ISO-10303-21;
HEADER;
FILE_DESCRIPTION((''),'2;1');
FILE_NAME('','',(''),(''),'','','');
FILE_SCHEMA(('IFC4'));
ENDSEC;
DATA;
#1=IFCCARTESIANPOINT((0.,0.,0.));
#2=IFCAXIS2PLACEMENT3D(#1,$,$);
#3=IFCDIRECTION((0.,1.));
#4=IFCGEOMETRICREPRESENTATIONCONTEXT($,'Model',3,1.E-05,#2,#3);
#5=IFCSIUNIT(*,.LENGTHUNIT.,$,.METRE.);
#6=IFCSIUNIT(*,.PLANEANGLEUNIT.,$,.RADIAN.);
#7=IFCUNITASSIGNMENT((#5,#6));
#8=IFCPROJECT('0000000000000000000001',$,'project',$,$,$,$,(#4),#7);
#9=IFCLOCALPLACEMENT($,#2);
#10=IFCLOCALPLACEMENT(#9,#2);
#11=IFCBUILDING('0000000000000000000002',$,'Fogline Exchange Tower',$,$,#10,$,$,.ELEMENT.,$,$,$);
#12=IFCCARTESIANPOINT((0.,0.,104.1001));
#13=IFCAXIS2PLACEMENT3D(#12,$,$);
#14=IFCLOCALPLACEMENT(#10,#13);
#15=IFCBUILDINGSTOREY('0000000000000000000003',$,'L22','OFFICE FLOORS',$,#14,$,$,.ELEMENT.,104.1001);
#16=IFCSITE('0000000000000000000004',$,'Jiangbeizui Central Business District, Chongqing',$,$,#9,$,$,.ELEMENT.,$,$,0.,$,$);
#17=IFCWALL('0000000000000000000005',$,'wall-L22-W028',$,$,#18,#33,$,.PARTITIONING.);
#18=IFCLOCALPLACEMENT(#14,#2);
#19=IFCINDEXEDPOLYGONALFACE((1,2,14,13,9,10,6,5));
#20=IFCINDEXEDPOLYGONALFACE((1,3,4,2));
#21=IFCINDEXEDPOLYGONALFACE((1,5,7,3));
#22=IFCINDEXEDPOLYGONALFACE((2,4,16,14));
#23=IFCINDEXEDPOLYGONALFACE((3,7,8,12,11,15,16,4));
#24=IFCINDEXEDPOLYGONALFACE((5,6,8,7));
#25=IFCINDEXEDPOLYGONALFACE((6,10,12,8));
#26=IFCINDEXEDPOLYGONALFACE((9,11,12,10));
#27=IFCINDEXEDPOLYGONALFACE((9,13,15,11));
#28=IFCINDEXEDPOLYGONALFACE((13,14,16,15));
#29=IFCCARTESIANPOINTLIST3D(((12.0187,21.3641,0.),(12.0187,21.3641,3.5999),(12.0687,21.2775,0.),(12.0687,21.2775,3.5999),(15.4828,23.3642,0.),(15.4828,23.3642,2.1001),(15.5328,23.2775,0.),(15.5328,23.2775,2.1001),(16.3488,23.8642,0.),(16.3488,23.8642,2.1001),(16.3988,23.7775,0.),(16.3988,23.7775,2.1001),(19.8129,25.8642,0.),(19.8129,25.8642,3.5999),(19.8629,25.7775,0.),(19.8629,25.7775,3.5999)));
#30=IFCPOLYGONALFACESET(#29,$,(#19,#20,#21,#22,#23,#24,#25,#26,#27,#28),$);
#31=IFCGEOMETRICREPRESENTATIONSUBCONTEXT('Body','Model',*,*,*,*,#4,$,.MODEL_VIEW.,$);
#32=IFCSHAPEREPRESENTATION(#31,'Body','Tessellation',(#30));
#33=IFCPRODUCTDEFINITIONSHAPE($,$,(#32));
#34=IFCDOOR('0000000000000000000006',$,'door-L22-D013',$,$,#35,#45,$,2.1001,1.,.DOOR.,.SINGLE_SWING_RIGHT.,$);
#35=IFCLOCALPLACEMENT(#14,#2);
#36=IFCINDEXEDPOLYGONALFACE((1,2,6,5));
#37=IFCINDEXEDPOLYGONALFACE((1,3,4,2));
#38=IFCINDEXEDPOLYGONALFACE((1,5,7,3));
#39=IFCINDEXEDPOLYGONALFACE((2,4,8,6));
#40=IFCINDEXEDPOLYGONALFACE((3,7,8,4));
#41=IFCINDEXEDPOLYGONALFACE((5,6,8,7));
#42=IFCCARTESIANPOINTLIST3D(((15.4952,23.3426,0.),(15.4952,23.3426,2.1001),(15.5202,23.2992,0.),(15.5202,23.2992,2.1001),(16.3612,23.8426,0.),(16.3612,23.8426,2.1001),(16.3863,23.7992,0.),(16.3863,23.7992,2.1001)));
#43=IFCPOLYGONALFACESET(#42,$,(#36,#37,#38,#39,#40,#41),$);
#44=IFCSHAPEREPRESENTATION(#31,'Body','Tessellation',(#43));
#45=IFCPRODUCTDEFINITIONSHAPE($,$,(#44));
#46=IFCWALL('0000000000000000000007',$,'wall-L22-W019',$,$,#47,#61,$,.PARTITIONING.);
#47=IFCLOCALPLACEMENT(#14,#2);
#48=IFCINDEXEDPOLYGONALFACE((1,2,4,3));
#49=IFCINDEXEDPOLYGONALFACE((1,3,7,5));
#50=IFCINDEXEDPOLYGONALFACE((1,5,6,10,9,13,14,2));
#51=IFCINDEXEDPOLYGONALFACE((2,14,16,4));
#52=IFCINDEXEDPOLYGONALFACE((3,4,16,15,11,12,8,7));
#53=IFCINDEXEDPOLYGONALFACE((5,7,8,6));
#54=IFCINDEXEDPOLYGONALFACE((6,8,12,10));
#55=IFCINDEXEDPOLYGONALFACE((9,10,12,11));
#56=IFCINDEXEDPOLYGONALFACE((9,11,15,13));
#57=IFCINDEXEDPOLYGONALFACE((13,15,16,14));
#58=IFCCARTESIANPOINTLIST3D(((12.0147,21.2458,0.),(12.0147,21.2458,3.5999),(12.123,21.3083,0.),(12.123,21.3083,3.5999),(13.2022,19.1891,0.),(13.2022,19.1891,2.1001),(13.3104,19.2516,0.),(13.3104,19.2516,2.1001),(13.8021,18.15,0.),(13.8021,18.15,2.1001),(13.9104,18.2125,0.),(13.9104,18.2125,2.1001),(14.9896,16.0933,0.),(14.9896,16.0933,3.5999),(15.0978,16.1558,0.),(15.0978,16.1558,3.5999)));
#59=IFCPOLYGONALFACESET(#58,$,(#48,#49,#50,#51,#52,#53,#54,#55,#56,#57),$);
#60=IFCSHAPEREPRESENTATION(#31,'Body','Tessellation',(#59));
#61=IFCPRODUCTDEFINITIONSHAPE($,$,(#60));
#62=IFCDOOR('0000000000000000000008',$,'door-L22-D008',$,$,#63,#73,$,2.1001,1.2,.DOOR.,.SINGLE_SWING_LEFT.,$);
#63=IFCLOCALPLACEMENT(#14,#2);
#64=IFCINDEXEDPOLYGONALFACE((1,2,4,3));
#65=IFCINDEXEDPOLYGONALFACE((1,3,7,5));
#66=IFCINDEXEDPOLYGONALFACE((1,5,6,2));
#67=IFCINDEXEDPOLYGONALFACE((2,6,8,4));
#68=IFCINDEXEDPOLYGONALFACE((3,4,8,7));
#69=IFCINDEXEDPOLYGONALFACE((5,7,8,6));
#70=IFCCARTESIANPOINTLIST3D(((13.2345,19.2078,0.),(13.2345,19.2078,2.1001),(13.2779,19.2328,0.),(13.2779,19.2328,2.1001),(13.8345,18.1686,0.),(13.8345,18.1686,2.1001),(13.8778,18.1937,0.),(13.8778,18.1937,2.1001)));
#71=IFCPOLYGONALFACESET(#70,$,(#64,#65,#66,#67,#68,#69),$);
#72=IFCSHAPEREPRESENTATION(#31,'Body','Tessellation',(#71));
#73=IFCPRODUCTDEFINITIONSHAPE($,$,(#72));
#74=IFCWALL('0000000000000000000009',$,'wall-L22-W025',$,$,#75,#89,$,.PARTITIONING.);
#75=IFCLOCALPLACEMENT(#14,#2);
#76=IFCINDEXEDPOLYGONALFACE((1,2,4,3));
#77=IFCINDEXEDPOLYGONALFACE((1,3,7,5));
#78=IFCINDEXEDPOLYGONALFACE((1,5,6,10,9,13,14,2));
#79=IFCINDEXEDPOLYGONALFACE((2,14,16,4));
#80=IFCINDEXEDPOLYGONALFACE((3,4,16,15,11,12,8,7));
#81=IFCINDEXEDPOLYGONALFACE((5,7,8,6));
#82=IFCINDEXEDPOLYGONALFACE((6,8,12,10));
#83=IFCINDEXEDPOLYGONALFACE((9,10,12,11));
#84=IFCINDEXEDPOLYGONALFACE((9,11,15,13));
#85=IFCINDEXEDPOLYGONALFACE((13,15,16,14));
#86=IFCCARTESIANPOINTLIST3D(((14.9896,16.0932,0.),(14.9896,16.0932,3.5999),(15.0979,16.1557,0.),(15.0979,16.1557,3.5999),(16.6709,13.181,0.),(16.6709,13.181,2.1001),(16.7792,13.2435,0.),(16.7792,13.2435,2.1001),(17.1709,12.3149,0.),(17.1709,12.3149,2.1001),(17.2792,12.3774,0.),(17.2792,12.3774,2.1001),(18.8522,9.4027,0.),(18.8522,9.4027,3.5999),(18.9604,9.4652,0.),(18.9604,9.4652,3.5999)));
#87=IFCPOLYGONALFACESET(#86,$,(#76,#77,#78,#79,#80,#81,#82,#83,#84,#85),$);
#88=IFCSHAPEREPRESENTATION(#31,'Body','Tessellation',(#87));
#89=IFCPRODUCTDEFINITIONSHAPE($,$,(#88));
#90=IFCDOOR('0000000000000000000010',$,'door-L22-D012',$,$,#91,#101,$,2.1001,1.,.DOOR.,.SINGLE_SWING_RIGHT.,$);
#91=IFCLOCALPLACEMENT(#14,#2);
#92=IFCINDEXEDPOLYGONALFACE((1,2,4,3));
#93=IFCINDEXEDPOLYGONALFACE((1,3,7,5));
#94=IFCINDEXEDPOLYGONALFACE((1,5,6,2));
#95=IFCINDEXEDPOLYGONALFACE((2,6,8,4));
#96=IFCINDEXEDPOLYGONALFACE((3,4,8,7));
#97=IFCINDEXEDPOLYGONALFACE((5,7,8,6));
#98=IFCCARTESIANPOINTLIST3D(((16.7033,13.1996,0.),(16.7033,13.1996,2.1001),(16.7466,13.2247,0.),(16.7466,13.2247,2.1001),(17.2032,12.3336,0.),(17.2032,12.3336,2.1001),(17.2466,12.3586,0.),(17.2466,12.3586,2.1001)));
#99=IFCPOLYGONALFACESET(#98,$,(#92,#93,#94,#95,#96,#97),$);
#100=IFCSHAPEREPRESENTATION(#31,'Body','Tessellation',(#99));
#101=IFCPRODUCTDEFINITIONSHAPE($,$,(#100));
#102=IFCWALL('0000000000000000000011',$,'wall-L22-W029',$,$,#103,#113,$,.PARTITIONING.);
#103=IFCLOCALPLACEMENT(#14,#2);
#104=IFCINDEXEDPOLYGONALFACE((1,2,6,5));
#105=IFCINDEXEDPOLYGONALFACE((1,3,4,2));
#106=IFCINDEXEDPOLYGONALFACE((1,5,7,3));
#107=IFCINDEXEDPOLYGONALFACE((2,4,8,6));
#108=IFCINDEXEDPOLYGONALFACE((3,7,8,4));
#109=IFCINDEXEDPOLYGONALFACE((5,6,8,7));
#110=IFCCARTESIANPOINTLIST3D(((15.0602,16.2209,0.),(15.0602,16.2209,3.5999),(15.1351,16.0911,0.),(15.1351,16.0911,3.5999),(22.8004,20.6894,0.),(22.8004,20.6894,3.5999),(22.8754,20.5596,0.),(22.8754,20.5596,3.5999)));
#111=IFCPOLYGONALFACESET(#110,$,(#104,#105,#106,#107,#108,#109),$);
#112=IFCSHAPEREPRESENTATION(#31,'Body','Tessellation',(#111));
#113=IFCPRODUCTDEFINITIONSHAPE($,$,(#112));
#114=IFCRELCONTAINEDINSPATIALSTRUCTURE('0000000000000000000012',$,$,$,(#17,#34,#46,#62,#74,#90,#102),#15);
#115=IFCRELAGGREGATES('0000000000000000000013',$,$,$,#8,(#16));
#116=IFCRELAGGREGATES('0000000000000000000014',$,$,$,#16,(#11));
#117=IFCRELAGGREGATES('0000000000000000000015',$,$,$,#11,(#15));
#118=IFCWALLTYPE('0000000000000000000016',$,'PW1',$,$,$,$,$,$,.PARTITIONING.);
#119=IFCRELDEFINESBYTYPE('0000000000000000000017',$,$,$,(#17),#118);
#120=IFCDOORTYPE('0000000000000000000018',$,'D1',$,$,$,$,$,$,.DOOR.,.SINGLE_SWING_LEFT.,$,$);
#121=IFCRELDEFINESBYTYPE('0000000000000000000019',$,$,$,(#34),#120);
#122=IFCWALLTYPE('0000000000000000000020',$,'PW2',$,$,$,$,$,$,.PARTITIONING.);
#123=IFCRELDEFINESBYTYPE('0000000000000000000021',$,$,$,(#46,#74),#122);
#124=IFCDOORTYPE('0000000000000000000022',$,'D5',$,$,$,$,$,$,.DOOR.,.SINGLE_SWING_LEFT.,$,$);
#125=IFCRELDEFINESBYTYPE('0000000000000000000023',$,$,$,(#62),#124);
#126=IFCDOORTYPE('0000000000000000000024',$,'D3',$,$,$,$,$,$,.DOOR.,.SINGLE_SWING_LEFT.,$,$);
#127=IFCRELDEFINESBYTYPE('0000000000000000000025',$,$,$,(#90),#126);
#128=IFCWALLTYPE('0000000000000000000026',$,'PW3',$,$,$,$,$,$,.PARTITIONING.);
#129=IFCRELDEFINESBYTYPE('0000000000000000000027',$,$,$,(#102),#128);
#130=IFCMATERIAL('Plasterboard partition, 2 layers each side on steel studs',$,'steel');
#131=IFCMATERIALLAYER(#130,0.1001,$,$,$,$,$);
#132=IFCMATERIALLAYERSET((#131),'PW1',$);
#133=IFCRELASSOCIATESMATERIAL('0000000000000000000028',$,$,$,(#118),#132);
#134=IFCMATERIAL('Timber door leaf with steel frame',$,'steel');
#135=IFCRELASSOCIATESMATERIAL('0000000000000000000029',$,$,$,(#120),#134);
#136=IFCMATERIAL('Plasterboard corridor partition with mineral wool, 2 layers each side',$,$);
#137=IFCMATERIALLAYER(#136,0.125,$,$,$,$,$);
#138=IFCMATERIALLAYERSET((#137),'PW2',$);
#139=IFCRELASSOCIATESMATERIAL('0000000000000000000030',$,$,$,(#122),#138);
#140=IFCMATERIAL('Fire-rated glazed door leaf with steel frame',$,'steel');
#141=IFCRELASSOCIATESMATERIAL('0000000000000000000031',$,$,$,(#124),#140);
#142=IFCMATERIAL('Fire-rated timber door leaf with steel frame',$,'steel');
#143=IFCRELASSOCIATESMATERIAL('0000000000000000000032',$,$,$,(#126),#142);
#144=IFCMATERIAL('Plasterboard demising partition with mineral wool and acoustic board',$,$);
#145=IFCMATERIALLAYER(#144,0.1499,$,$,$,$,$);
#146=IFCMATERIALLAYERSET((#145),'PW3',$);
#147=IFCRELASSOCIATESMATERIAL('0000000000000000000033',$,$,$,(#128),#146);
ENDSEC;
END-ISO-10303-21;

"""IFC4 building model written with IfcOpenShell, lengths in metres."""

from ifc_helpers import new_model, si_unit, direction, frame, frame_2d, origin, place, context, subcontext, project, spatial, rectangle, extrude, material, layer, layer_set, type_object, element, fill, save


model = new_model("IFC4")

# Units and contexts
model_context = context("Model", 3, precision=1e-05, world=origin(), true_north=direction((0.0, 1.0)))
body_context = subcontext(model_context, "Body", "Model", "MODEL_VIEW")
ifc_project = project(units=[si_unit("LENGTHUNIT", "METRE"), si_unit("PLANEANGLEUNIT", "RADIAN")], contexts=[model_context])

# Site, building, storey
site_placement = place(None, origin())
site = spatial("IfcSite", under=ifc_project, at=site_placement, Name="Jiangbeizui Central Business District, Chongqing", CompositionType="ELEMENT", RefElevation=0.0)
building_placement = place(site_placement, origin())
building = spatial("IfcBuilding", under=site, at=building_placement, Name="Fogline Exchange Tower", CompositionType="ELEMENT")
storey_placement = place(building_placement, frame((0.0, 0.0, 104.1001)))
storey = spatial("IfcBuildingStorey", under=building, at=storey_placement, Name="L22", Description="OFFICE FLOORS", CompositionType="ELEMENT", Elevation=104.1001)

# Walls, openings, doors
ifc_material_1 = material(Name="Plasterboard partition, 2 layers each side on steel studs", Category="steel")
ifc_layer_1 = layer(ifc_material_1, 0.1001)
ifc_layer_set_1 = layer_set([ifc_layer_1], Name="PW1")
wall_type_1 = type_object("IfcWallType", Name="PW1", PredefinedType="PARTITIONING", material=ifc_layer_set_1)
wall_1_placement = place(storey_placement, frame((12.0437, 21.3208, 0.0), z_axis=(0.0, 0.0, 1.0), x_axis=(0.866024, 0.500002, 0.0)))
wall_1 = element("IfcWall", 1, at=wall_1_placement, inside=storey, type_object=wall_type_1, Name="wall-L22-W028", PredefinedType="PARTITIONING", context=body_context, shape_type="SweptSolid", body=[
    extrude(rectangle(XDim=9.0, YDim=0.1001, at=frame_2d((4.5, 0.0))), origin(), (0.0, 0.0, 1.0), 3.5999),
])
opening_1_placement = place(wall_1_placement, frame((4.0, 0.0, 0.0)))
opening_1 = element("IfcOpeningElement", 2, at=opening_1_placement, cuts=wall_1, PredefinedType="OPENING", context=body_context, shape_type="SweptSolid", body=[
    extrude(rectangle(XDim=1.0, YDim=2.1001, at=frame_2d((0.5, 1.05))), frame((0.0, 0.0601, 0.0), z_axis=(0.0, -1.0, 0.0), x_axis=(1.0, 0.0, 0.0)), (0.0, 0.0, 1.0), 0.1201),
])
ifc_material_2 = material(Name="Timber door leaf with steel frame", Category="steel")
door_type_1 = type_object("IfcDoorType", Name="D1", OperationType="SINGLE_SWING_LEFT", PredefinedType="DOOR", material=ifc_material_2)
door_1_placement = place(opening_1_placement, frame((1.0, 0.0, 0.0), z_axis=(0.0, 0.0, 1.0), x_axis=(-1.0, 0.0, 0.0)))
door_1 = element("IfcDoor", 3, at=door_1_placement, inside=storey, type_object=door_type_1, Name="door-L22-D013", OperationType="SINGLE_SWING_RIGHT", OverallHeight=2.1001, OverallWidth=1.0, PredefinedType="DOOR", context=body_context, shape_type="SweptSolid", body=[
    extrude(rectangle(XDim=1.0, YDim=2.1001, at=frame_2d((0.5, 1.05))), frame((0.0, 0.0249, 0.0), z_axis=(0.0, -1.0, 0.0), x_axis=(1.0, 0.0, 0.0)), (0.0, 0.0, 1.0), 0.05),
])
fill(opening_1, door_1)
ifc_material_3 = material(Name="Plasterboard corridor partition with mineral wool, 2 layers each side")
ifc_layer_2 = layer(ifc_material_3, 0.125)
ifc_layer_set_2 = layer_set([ifc_layer_2], Name="PW2")
wall_type_2 = type_object("IfcWallType", Name="PW2", PredefinedType="PARTITIONING", material=ifc_layer_set_2)
wall_2_placement = place(storey_placement, frame((12.0688, 21.2771, 0.0), z_axis=(0.0, 0.0, 1.0), x_axis=(0.500001, -0.866025, 0.0)))
wall_2 = element("IfcWall", 4, at=wall_2_placement, inside=storey, type_object=wall_type_2, Name="wall-L22-W019", PredefinedType="PARTITIONING", context=body_context, shape_type="SweptSolid", body=[
    extrude(rectangle(XDim=5.9497, YDim=0.125, at=frame_2d((2.9749, 0.0))), origin(), (0.0, 0.0, 1.0), 3.5999),
])
opening_2_placement = place(wall_2_placement, frame((2.3748, 0.0, 0.0)))
opening_2 = element("IfcOpeningElement", 5, at=opening_2_placement, cuts=wall_2, PredefinedType="OPENING", context=body_context, shape_type="SweptSolid", body=[
    extrude(rectangle(XDim=1.2, YDim=2.1001, at=frame_2d((0.6001, 1.05))), frame((0.0, 0.0725, 0.0), z_axis=(0.0, -1.0, 0.0), x_axis=(1.0, 0.0, 0.0)), (0.0, 0.0, 1.0), 0.145),
])
ifc_material_4 = material(Name="Fire-rated glazed door leaf with steel frame", Category="steel")
door_type_2 = type_object("IfcDoorType", Name="D5", OperationType="SINGLE_SWING_LEFT", PredefinedType="DOOR", material=ifc_material_4)
door_2_placement = place(opening_2_placement, origin())
door_2 = element("IfcDoor", 6, at=door_2_placement, inside=storey, type_object=door_type_2, Name="door-L22-D008", OperationType="SINGLE_SWING_LEFT", OverallHeight=2.1001, OverallWidth=1.2, PredefinedType="DOOR", context=body_context, shape_type="SweptSolid", body=[
    extrude(rectangle(XDim=1.2, YDim=2.1001, at=frame_2d((0.6001, 1.05))), frame((0.0, 0.0249, 0.0), z_axis=(0.0, -1.0, 0.0), x_axis=(1.0, 0.0, 0.0)), (0.0, 0.0, 1.0), 0.05),
])
fill(opening_2, door_2)
wall_3_placement = place(storey_placement, frame((15.0437, 16.1245, 0.0), z_axis=(0.0, 0.0, 1.0), x_axis=(0.499983, -0.866035, 0.0)))
wall_3 = element("IfcWall", 7, at=wall_3_placement, inside=storey, type_object=wall_type_2, Name="wall-L22-W025", PredefinedType="PARTITIONING", context=body_context, shape_type="SweptSolid", body=[
    extrude(rectangle(XDim=7.7253, YDim=0.125, at=frame_2d((3.8628, 0.0))), origin(), (0.0, 0.0, 1.0), 3.5999),
])
opening_3_placement = place(wall_3_placement, frame((3.3628, 0.0, 0.0)))
opening_3 = element("IfcOpeningElement", 8, at=opening_3_placement, cuts=wall_3, PredefinedType="OPENING", context=body_context, shape_type="SweptSolid", body=[
    extrude(rectangle(XDim=1.0, YDim=2.1001, at=frame_2d((0.5, 1.05))), frame((0.0, 0.0725, 0.0), z_axis=(0.0, -1.0, 0.0), x_axis=(1.0, 0.0, 0.0)), (0.0, 0.0, 1.0), 0.145),
])
ifc_material_5 = material(Name="Fire-rated timber door leaf with steel frame", Category="steel")
door_type_3 = type_object("IfcDoorType", Name="D3", OperationType="SINGLE_SWING_LEFT", PredefinedType="DOOR", material=ifc_material_5)
door_3_placement = place(opening_3_placement, origin())
door_3 = element("IfcDoor", 9, at=door_3_placement, inside=storey, type_object=door_type_3, Name="door-L22-D012", OperationType="SINGLE_SWING_RIGHT", OverallHeight=2.1001, OverallWidth=1.0, PredefinedType="DOOR", context=body_context, shape_type="SweptSolid", body=[
    extrude(rectangle(XDim=1.0, YDim=2.1001, at=frame_2d((0.5, 1.05))), frame((0.0, 0.0249, 0.0), z_axis=(0.0, -1.0, 0.0), x_axis=(1.0, 0.0, 0.0)), (0.0, 0.0, 1.0), 0.05),
])
fill(opening_3, door_3)

# Wall
ifc_material_6 = material(Name="Plasterboard demising partition with mineral wool and acoustic board")
ifc_layer_3 = layer(ifc_material_6, 0.1499)
ifc_layer_set_3 = layer_set([ifc_layer_3], Name="PW3")
wall_type_3 = type_object("IfcWallType", Name="PW3", PredefinedType="PARTITIONING", material=ifc_layer_set_3)
wall_4_placement = place(storey_placement, frame((22.8379, 20.6245, 0.0), z_axis=(0.0, 0.0, 1.0), x_axis=(-0.866041, -0.499973, 0.0)))
element("IfcWall", 10, at=wall_4_placement, inside=storey, type_object=wall_type_3, Name="wall-L22-W029", PredefinedType="PARTITIONING", context=body_context, shape_type="SweptSolid", body=[
    extrude(rectangle(XDim=8.9375, YDim=0.1499, at=frame_2d((4.4688, 0.0))), origin(), (0.0, 0.0, 1.0), 3.5999),
])

save(model, "model.ifc")
